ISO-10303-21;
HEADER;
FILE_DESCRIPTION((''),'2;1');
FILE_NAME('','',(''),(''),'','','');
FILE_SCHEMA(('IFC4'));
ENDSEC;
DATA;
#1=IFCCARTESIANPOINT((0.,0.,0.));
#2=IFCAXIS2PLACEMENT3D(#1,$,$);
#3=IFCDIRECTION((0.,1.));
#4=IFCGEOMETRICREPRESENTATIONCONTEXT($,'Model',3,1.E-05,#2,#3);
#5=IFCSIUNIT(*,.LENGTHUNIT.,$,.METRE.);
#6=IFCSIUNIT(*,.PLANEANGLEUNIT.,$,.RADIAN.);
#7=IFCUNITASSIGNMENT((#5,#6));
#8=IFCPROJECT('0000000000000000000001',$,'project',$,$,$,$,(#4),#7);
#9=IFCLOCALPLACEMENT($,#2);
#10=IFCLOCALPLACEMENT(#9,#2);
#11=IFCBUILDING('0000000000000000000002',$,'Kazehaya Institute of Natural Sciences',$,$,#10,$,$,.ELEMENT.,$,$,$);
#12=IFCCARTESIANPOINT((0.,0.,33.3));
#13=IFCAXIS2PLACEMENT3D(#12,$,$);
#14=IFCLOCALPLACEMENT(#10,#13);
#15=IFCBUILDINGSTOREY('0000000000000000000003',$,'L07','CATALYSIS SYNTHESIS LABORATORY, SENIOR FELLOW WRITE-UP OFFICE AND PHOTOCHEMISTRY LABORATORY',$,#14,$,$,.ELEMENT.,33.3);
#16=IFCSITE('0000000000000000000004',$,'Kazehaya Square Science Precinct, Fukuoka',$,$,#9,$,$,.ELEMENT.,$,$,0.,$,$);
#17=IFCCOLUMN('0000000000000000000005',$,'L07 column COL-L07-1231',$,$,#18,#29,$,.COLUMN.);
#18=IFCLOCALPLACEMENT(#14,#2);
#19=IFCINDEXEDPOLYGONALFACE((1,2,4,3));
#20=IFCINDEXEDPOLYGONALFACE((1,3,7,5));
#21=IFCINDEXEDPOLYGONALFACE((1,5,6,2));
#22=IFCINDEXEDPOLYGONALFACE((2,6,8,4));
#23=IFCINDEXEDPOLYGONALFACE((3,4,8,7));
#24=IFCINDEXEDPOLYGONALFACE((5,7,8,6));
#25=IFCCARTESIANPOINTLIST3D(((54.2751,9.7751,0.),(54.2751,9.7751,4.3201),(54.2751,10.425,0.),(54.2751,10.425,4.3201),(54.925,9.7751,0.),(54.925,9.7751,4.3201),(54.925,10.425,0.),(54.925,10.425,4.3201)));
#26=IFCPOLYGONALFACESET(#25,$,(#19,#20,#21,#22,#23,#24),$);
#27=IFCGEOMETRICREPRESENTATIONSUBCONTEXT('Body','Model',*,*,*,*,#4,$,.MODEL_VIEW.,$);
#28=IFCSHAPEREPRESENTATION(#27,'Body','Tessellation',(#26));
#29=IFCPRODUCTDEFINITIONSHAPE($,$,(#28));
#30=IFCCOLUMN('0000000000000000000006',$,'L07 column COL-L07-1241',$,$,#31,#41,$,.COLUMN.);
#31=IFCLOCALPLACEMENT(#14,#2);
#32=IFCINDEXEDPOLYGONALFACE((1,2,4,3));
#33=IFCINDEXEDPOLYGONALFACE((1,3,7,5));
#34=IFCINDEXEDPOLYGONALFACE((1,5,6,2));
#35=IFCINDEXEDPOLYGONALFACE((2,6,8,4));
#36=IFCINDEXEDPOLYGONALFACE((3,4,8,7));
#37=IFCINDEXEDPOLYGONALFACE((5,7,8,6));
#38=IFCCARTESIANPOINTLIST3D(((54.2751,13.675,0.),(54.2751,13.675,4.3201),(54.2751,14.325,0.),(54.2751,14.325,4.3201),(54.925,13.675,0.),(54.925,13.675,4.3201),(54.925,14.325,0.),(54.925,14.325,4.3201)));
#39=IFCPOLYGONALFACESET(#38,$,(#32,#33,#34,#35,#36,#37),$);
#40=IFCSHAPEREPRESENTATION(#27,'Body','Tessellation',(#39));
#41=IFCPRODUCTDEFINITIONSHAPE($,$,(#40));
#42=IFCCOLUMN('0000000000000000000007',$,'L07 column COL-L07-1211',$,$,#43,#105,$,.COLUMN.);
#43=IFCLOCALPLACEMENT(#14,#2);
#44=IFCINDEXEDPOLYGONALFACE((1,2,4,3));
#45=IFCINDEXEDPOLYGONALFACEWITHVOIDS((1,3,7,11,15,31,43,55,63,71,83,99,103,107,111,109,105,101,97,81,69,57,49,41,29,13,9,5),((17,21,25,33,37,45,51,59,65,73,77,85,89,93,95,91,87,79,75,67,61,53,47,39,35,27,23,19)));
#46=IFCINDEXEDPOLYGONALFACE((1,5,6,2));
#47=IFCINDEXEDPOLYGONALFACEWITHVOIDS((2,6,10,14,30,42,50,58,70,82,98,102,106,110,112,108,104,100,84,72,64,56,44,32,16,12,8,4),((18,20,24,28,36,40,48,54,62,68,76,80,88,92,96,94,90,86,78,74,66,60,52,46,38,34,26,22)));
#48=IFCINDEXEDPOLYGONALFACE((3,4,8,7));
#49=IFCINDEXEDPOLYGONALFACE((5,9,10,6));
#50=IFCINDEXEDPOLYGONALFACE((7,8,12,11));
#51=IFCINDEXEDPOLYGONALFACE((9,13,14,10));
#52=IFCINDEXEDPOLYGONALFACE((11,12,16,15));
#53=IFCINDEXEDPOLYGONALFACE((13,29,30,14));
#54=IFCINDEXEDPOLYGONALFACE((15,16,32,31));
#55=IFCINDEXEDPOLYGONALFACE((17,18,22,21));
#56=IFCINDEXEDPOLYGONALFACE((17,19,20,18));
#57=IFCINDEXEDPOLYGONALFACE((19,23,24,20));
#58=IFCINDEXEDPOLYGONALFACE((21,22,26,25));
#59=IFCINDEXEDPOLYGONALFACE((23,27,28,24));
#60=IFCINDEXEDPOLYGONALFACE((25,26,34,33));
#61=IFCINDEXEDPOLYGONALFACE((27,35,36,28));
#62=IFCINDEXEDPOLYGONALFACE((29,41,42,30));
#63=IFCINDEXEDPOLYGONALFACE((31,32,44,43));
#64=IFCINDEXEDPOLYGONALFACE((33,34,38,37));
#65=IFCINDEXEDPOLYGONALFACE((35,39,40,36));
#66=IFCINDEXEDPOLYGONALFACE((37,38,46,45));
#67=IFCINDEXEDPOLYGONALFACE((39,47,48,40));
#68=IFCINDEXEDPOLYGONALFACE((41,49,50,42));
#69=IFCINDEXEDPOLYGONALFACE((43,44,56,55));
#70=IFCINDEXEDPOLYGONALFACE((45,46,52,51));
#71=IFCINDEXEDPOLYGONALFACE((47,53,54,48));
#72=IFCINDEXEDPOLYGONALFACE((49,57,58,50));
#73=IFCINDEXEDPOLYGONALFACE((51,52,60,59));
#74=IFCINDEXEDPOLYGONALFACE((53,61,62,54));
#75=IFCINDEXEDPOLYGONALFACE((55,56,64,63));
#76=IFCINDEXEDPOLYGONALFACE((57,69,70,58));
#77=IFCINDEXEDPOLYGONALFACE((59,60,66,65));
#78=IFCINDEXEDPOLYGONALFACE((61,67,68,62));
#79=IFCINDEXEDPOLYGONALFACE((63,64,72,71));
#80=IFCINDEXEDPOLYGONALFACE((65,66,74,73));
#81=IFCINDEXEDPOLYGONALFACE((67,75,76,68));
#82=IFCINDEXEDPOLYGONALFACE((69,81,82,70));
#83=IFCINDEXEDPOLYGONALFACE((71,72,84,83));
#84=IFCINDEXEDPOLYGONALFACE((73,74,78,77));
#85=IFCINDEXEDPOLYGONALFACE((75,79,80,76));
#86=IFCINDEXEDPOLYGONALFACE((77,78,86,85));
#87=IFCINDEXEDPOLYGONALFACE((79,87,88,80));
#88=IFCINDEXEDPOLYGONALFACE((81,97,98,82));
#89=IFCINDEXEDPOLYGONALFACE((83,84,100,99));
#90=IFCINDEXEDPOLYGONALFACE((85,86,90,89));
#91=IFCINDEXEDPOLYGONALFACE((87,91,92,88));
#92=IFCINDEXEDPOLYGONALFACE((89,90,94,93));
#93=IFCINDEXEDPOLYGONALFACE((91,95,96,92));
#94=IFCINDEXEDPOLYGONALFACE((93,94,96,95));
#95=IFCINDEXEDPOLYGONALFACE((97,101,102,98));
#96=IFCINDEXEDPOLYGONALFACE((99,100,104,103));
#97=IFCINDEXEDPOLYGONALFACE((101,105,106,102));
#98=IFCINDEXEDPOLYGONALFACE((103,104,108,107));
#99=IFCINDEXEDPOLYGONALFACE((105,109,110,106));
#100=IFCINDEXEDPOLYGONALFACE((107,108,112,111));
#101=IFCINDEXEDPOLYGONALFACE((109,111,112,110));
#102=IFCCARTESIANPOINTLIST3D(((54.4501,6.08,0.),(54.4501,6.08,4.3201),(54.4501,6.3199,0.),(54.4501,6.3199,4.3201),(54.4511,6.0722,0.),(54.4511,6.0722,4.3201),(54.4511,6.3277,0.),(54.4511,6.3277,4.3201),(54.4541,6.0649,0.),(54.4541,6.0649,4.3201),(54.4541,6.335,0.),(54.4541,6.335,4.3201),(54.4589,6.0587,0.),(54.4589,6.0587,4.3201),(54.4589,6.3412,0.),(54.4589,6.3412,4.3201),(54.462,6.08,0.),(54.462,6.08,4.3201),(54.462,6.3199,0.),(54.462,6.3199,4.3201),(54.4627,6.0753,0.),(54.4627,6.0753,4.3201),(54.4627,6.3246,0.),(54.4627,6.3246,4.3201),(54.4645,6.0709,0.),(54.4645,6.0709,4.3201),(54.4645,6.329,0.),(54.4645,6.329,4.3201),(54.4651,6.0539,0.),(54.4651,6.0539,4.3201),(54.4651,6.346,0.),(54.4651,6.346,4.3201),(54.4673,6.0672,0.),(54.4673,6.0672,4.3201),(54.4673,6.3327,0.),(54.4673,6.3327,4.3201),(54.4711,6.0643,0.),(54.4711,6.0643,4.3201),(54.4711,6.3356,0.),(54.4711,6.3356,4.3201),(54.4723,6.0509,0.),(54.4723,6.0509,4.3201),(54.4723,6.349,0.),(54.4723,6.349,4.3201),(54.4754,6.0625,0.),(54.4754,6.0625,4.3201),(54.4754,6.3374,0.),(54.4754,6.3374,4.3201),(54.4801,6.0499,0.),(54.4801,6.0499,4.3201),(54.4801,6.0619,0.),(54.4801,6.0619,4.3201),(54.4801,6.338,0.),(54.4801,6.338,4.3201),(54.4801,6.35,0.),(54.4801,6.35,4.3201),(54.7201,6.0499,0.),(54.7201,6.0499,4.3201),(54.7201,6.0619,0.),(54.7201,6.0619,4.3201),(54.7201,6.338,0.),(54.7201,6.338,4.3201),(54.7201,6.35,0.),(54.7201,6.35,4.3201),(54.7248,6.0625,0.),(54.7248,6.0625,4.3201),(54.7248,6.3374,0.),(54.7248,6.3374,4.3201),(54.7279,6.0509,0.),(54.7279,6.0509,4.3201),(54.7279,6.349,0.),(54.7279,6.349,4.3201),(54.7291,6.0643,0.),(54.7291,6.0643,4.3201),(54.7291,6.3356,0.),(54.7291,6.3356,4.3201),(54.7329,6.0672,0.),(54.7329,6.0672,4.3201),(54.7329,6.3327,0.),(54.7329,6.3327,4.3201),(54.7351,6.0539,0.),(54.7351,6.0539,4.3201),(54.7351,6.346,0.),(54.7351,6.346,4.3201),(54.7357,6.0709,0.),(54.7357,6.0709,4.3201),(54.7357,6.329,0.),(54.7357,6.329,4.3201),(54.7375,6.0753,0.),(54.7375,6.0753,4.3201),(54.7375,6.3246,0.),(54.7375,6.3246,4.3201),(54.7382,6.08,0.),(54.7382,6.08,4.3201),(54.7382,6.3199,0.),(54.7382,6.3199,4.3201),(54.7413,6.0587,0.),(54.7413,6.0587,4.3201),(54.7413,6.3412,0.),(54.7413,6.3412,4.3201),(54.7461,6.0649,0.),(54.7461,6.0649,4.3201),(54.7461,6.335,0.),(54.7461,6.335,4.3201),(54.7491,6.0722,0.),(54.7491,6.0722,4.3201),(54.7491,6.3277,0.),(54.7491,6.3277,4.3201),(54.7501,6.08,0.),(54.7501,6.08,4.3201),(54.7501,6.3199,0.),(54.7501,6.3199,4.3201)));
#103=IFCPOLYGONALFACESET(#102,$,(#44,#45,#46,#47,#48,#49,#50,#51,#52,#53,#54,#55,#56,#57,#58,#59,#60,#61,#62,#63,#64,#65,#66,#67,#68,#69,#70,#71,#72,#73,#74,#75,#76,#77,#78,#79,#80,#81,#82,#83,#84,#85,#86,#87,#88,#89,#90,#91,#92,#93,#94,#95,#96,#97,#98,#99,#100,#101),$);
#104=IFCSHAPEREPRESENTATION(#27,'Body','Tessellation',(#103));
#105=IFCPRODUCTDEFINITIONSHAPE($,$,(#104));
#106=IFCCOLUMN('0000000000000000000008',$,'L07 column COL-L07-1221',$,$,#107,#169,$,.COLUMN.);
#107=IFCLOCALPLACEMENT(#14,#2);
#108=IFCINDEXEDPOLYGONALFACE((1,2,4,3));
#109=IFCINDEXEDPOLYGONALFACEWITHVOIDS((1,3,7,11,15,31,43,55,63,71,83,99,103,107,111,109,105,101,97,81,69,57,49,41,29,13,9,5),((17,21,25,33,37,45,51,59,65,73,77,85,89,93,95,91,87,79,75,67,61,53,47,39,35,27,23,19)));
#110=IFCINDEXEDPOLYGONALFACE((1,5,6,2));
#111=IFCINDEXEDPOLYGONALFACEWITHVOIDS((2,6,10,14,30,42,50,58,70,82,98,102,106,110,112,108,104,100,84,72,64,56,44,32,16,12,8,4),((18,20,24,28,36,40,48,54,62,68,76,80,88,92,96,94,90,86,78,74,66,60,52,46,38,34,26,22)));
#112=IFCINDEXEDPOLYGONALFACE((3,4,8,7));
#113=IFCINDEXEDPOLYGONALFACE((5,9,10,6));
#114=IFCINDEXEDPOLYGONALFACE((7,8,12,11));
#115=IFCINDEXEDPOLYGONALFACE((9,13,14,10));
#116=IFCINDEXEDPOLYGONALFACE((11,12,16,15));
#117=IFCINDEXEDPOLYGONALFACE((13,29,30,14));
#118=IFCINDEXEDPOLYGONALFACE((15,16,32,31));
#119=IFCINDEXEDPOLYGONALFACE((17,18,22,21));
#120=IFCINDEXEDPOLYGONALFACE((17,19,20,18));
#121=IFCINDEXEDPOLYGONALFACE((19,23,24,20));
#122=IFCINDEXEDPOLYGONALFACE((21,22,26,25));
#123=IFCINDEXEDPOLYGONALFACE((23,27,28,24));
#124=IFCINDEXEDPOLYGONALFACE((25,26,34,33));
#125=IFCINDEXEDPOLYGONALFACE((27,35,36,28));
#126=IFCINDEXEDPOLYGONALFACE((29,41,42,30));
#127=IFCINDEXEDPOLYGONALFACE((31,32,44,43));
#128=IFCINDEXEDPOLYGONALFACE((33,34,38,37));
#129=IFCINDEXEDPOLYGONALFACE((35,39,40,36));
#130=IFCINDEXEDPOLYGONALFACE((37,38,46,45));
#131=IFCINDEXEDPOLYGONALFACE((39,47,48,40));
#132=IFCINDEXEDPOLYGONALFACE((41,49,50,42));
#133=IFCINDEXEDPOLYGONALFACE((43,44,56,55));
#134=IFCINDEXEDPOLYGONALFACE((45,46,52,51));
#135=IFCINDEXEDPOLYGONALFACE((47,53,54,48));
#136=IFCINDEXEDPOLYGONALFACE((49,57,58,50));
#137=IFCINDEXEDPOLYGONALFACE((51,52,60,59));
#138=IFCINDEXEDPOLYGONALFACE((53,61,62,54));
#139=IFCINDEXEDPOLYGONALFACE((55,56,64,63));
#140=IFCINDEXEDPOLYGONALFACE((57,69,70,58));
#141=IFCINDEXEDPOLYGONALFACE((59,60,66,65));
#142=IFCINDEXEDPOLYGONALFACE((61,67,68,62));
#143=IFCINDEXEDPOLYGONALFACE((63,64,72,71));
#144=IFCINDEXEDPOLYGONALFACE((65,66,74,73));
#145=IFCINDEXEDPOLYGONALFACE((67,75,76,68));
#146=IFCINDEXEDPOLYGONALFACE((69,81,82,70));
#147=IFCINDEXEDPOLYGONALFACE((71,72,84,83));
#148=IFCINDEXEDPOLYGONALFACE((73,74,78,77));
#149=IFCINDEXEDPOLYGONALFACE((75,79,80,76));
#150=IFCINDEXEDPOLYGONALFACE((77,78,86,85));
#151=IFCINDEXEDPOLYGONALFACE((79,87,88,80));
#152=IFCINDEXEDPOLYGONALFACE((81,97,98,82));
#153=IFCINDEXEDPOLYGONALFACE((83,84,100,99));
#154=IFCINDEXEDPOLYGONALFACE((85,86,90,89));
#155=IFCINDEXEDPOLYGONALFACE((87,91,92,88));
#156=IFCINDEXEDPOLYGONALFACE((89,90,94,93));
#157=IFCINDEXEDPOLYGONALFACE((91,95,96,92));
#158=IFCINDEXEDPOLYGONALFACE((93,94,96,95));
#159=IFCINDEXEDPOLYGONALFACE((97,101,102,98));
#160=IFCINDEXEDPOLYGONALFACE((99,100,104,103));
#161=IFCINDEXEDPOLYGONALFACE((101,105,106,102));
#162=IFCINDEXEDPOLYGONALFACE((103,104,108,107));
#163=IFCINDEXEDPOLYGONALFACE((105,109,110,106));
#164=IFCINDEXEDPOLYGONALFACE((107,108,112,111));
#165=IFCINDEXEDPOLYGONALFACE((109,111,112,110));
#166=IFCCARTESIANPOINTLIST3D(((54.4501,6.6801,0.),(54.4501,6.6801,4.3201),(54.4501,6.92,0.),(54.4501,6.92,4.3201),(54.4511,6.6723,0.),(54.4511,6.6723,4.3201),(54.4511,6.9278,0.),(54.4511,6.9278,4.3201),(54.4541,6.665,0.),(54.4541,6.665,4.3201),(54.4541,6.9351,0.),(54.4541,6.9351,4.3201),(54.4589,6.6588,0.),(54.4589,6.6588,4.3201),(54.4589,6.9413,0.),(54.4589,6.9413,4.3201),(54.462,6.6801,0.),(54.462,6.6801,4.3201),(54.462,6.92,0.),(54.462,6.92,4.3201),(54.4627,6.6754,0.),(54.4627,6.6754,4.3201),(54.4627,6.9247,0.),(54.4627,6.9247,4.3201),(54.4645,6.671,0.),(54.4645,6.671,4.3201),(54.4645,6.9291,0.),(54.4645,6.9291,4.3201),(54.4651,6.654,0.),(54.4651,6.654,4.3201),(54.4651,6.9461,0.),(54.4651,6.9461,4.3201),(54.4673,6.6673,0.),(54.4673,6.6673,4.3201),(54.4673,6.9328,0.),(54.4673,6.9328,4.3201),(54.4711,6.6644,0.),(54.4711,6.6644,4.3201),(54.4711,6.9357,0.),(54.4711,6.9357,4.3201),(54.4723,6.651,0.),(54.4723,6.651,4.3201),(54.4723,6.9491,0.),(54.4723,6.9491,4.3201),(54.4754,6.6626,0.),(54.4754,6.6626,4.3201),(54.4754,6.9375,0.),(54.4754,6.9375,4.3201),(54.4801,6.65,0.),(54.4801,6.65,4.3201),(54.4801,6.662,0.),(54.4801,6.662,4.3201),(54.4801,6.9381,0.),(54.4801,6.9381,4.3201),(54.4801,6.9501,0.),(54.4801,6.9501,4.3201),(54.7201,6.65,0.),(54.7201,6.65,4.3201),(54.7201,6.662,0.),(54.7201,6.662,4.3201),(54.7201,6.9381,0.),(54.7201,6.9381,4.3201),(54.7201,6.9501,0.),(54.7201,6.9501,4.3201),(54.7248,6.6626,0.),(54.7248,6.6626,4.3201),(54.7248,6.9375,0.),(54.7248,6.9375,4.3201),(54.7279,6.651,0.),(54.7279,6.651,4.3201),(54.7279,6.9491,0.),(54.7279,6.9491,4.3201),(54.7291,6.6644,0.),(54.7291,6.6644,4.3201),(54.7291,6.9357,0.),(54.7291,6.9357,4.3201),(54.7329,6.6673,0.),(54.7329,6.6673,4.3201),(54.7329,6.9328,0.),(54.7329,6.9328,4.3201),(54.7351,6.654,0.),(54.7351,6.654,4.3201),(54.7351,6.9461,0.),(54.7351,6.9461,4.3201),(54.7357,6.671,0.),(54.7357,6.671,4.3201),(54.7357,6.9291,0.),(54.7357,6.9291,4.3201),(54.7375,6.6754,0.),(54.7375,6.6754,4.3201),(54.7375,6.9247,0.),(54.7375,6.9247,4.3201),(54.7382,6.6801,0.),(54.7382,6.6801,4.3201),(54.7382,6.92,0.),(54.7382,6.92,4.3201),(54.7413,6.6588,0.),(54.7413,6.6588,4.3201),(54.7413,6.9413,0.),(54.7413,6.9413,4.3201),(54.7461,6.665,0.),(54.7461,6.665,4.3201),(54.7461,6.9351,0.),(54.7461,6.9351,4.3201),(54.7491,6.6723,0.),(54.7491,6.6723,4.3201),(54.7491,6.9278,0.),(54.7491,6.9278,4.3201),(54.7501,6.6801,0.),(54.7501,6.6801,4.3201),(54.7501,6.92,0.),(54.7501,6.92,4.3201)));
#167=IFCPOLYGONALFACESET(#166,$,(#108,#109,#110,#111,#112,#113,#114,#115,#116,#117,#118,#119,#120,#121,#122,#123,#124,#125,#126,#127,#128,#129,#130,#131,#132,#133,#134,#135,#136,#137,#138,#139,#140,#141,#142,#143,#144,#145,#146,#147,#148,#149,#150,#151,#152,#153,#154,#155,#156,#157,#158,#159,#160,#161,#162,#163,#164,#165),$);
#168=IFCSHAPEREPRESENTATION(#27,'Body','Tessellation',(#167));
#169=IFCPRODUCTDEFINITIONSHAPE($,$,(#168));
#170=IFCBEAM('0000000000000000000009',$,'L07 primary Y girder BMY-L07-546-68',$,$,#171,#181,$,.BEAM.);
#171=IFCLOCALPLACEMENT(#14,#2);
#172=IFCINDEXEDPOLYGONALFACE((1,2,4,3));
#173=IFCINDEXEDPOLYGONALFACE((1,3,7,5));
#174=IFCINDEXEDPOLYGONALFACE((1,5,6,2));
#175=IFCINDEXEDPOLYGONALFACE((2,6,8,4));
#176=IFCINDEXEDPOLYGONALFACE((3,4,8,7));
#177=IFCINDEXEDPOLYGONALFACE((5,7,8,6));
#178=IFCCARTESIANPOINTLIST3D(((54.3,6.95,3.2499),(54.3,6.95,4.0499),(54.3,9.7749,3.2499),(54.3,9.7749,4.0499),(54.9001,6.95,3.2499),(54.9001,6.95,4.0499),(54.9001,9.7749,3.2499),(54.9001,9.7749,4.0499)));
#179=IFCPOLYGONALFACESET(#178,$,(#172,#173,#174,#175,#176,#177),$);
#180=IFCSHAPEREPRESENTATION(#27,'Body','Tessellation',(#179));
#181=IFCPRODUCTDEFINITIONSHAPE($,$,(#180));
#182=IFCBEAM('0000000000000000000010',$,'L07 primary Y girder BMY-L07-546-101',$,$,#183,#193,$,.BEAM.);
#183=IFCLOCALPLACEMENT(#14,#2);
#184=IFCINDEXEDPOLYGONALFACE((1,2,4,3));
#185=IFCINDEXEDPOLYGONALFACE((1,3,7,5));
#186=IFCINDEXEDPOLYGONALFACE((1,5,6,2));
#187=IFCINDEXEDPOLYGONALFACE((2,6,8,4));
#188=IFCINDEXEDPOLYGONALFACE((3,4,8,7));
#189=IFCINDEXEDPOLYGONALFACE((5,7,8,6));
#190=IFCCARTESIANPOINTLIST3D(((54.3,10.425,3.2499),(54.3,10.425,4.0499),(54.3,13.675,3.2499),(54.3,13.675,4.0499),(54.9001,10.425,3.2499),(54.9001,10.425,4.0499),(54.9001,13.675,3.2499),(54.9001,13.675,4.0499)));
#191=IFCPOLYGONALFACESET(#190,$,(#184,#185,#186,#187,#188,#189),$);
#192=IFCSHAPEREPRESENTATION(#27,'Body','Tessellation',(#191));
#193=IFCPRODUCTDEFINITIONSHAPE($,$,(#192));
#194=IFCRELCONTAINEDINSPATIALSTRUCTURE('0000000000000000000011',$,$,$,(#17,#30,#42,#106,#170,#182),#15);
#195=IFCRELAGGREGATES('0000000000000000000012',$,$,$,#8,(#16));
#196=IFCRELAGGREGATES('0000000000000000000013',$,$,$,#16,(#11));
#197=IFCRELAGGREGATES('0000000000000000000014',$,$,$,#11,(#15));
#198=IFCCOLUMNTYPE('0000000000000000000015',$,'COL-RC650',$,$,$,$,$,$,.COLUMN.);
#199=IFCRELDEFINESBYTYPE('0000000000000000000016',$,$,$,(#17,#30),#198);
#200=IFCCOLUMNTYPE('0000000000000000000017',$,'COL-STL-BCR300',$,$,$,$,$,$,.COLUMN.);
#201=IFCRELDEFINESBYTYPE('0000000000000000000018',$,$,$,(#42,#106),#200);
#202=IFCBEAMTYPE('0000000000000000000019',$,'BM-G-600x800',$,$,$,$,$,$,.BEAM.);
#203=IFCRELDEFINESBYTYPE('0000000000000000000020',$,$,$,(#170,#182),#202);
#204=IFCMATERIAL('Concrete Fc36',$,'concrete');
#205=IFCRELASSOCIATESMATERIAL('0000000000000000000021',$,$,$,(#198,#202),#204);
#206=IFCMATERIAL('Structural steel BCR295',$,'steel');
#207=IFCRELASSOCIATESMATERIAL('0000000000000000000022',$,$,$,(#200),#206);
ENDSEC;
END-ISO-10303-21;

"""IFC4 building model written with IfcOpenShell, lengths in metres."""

from ifc_helpers import new_model, si_unit, direction, frame, origin, origin_2d, place, context, subcontext, project, spatial, rectangle, hollow_rectangle, extrude, material, material_profile, profile_set, type_object, element, save


model = new_model("IFC4")

# Units and contexts
model_context = context("Model", 3, precision=1e-05, world=origin(), true_north=direction((0.0, 1.0)))
body_context = subcontext(model_context, "Body", "Model", "MODEL_VIEW")
ifc_project = project(units=[si_unit("LENGTHUNIT", "METRE"), si_unit("PLANEANGLEUNIT", "RADIAN")], contexts=[model_context])

# Site, building, storey
site_placement = place(None, origin())
site = spatial("IfcSite", under=ifc_project, at=site_placement, Name="Kazehaya Square Science Precinct, Fukuoka", CompositionType="ELEMENT", RefElevation=0.0)
building_placement = place(site_placement, origin())
building = spatial("IfcBuilding", under=site, at=building_placement, Name="Kazehaya Institute of Natural Sciences", CompositionType="ELEMENT")
storey_placement = place(building_placement, frame((0.0, 0.0, 33.3)))
storey = spatial("IfcBuildingStorey", under=building, at=storey_placement, Name="L07", Description="CATALYSIS SYNTHESIS LABORATORY, SENIOR FELLOW WRITE-UP OFFICE AND PHOTOCHEMISTRY LABORATORY", CompositionType="ELEMENT", Elevation=33.3)

# Columns
ifc_material_1 = material(Name="Concrete Fc36", Category="concrete")
ifc_material_profile_1 = material_profile(ifc_material_1, rectangle(XDim=0.6499, YDim=0.6499, at=origin_2d()), Name="RC-650x650")
ifc_profile_set_1 = profile_set([ifc_material_profile_1], Name="Concrete Fc36")
column_type_1 = type_object("IfcColumnType", Name="COL-RC650", PredefinedType="COLUMN", material=ifc_profile_set_1)
for number, where, z_axis, x_axis, name in (
    (1, (54.6001, 10.1001, 0.0), (0.0, 0.0, 1.0), (1.0, 0.0, 0.0), "L07 column COL-L07-1231"),
    (2, (54.6001, 14.0, 0.0), (0.0, 0.0, 1.0), (1.0, 0.0, 0.0), "L07 column COL-L07-1241"),
):
    element("IfcColumn", number, at=place(storey_placement, frame(where, z_axis=z_axis, x_axis=x_axis)), inside=storey, type_object=column_type_1, Name=name, PredefinedType="COLUMN", context=body_context, shape_type="SweptSolid", body=[
        extrude(rectangle(XDim=0.6499, YDim=0.6499, at=origin_2d()), origin(), (0.0, 0.0, 1.0), 4.3201),
    ])
ifc_material_2 = material(Name="Structural steel BCR295", Category="steel")
ifc_material_profile_2 = material_profile(ifc_material_2, hollow_rectangle(XDim=0.3, YDim=0.3, WallThickness=0.012, InnerFilletRadius=0.0181, OuterFilletRadius=0.03, at=origin_2d()), Name="BCR-300x300x12")
ifc_profile_set_2 = profile_set([ifc_material_profile_2], Name="Structural steel BCR295")
column_type_2 = type_object("IfcColumnType", Name="COL-STL-BCR300", PredefinedType="COLUMN", material=ifc_profile_set_2)
for number, where, z_axis, x_axis, name in (
    (3, (54.6001, 6.2, 0.0), (0.0, 0.0, 1.0), (1.0, 0.0, 0.0), "L07 column COL-L07-1211"),
    (4, (54.6001, 6.8, 0.0), (0.0, 0.0, 1.0), (1.0, 0.0, 0.0), "L07 column COL-L07-1221"),
):
    element("IfcColumn", number, at=place(storey_placement, frame(where, z_axis=z_axis, x_axis=x_axis)), inside=storey, type_object=column_type_2, Name=name, PredefinedType="COLUMN", context=body_context, shape_type="SweptSolid", body=[
        extrude(hollow_rectangle(XDim=0.3, YDim=0.3, WallThickness=0.012, InnerFilletRadius=0.0181, OuterFilletRadius=0.03, at=origin_2d()), origin(), (0.0, 0.0, 1.0), 4.3201),
    ])

# Beams
ifc_material_profile_3 = material_profile(ifc_material_1, rectangle(XDim=0.6001, YDim=0.8, at=origin_2d()), Name="RC-600x800")
ifc_profile_set_3 = profile_set([ifc_material_profile_3], Name="Concrete Fc36")
beam_type = type_object("IfcBeamType", Name="BM-G-600x800", PredefinedType="BEAM", material=ifc_profile_set_3)
beam_1_placement = place(storey_placement, frame((54.6001, 6.95, 3.6499), z_axis=(0.0, 1.0, 0.0), x_axis=(-1.0, 0.0, 0.0)))
element("IfcBeam", 5, at=beam_1_placement, inside=storey, type_object=beam_type, Name="L07 primary Y girder BMY-L07-546-68", PredefinedType="BEAM", context=body_context, shape_type="SweptSolid", body=[
    extrude(rectangle(XDim=0.6001, YDim=0.8, at=origin_2d()), origin(), (0.0, 0.0, 1.0), 2.825),
])
beam_2_placement = place(storey_placement, frame((54.6001, 10.425, 3.6499), z_axis=(0.0, 1.0, 0.0), x_axis=(-1.0, 0.0, 0.0)))
element("IfcBeam", 6, at=beam_2_placement, inside=storey, type_object=beam_type, Name="L07 primary Y girder BMY-L07-546-101", PredefinedType="BEAM", context=body_context, shape_type="SweptSolid", body=[
    extrude(rectangle(XDim=0.6001, YDim=0.8, at=origin_2d()), origin(), (0.0, 0.0, 1.0), 3.25),
])

save(model, "model.ifc")
